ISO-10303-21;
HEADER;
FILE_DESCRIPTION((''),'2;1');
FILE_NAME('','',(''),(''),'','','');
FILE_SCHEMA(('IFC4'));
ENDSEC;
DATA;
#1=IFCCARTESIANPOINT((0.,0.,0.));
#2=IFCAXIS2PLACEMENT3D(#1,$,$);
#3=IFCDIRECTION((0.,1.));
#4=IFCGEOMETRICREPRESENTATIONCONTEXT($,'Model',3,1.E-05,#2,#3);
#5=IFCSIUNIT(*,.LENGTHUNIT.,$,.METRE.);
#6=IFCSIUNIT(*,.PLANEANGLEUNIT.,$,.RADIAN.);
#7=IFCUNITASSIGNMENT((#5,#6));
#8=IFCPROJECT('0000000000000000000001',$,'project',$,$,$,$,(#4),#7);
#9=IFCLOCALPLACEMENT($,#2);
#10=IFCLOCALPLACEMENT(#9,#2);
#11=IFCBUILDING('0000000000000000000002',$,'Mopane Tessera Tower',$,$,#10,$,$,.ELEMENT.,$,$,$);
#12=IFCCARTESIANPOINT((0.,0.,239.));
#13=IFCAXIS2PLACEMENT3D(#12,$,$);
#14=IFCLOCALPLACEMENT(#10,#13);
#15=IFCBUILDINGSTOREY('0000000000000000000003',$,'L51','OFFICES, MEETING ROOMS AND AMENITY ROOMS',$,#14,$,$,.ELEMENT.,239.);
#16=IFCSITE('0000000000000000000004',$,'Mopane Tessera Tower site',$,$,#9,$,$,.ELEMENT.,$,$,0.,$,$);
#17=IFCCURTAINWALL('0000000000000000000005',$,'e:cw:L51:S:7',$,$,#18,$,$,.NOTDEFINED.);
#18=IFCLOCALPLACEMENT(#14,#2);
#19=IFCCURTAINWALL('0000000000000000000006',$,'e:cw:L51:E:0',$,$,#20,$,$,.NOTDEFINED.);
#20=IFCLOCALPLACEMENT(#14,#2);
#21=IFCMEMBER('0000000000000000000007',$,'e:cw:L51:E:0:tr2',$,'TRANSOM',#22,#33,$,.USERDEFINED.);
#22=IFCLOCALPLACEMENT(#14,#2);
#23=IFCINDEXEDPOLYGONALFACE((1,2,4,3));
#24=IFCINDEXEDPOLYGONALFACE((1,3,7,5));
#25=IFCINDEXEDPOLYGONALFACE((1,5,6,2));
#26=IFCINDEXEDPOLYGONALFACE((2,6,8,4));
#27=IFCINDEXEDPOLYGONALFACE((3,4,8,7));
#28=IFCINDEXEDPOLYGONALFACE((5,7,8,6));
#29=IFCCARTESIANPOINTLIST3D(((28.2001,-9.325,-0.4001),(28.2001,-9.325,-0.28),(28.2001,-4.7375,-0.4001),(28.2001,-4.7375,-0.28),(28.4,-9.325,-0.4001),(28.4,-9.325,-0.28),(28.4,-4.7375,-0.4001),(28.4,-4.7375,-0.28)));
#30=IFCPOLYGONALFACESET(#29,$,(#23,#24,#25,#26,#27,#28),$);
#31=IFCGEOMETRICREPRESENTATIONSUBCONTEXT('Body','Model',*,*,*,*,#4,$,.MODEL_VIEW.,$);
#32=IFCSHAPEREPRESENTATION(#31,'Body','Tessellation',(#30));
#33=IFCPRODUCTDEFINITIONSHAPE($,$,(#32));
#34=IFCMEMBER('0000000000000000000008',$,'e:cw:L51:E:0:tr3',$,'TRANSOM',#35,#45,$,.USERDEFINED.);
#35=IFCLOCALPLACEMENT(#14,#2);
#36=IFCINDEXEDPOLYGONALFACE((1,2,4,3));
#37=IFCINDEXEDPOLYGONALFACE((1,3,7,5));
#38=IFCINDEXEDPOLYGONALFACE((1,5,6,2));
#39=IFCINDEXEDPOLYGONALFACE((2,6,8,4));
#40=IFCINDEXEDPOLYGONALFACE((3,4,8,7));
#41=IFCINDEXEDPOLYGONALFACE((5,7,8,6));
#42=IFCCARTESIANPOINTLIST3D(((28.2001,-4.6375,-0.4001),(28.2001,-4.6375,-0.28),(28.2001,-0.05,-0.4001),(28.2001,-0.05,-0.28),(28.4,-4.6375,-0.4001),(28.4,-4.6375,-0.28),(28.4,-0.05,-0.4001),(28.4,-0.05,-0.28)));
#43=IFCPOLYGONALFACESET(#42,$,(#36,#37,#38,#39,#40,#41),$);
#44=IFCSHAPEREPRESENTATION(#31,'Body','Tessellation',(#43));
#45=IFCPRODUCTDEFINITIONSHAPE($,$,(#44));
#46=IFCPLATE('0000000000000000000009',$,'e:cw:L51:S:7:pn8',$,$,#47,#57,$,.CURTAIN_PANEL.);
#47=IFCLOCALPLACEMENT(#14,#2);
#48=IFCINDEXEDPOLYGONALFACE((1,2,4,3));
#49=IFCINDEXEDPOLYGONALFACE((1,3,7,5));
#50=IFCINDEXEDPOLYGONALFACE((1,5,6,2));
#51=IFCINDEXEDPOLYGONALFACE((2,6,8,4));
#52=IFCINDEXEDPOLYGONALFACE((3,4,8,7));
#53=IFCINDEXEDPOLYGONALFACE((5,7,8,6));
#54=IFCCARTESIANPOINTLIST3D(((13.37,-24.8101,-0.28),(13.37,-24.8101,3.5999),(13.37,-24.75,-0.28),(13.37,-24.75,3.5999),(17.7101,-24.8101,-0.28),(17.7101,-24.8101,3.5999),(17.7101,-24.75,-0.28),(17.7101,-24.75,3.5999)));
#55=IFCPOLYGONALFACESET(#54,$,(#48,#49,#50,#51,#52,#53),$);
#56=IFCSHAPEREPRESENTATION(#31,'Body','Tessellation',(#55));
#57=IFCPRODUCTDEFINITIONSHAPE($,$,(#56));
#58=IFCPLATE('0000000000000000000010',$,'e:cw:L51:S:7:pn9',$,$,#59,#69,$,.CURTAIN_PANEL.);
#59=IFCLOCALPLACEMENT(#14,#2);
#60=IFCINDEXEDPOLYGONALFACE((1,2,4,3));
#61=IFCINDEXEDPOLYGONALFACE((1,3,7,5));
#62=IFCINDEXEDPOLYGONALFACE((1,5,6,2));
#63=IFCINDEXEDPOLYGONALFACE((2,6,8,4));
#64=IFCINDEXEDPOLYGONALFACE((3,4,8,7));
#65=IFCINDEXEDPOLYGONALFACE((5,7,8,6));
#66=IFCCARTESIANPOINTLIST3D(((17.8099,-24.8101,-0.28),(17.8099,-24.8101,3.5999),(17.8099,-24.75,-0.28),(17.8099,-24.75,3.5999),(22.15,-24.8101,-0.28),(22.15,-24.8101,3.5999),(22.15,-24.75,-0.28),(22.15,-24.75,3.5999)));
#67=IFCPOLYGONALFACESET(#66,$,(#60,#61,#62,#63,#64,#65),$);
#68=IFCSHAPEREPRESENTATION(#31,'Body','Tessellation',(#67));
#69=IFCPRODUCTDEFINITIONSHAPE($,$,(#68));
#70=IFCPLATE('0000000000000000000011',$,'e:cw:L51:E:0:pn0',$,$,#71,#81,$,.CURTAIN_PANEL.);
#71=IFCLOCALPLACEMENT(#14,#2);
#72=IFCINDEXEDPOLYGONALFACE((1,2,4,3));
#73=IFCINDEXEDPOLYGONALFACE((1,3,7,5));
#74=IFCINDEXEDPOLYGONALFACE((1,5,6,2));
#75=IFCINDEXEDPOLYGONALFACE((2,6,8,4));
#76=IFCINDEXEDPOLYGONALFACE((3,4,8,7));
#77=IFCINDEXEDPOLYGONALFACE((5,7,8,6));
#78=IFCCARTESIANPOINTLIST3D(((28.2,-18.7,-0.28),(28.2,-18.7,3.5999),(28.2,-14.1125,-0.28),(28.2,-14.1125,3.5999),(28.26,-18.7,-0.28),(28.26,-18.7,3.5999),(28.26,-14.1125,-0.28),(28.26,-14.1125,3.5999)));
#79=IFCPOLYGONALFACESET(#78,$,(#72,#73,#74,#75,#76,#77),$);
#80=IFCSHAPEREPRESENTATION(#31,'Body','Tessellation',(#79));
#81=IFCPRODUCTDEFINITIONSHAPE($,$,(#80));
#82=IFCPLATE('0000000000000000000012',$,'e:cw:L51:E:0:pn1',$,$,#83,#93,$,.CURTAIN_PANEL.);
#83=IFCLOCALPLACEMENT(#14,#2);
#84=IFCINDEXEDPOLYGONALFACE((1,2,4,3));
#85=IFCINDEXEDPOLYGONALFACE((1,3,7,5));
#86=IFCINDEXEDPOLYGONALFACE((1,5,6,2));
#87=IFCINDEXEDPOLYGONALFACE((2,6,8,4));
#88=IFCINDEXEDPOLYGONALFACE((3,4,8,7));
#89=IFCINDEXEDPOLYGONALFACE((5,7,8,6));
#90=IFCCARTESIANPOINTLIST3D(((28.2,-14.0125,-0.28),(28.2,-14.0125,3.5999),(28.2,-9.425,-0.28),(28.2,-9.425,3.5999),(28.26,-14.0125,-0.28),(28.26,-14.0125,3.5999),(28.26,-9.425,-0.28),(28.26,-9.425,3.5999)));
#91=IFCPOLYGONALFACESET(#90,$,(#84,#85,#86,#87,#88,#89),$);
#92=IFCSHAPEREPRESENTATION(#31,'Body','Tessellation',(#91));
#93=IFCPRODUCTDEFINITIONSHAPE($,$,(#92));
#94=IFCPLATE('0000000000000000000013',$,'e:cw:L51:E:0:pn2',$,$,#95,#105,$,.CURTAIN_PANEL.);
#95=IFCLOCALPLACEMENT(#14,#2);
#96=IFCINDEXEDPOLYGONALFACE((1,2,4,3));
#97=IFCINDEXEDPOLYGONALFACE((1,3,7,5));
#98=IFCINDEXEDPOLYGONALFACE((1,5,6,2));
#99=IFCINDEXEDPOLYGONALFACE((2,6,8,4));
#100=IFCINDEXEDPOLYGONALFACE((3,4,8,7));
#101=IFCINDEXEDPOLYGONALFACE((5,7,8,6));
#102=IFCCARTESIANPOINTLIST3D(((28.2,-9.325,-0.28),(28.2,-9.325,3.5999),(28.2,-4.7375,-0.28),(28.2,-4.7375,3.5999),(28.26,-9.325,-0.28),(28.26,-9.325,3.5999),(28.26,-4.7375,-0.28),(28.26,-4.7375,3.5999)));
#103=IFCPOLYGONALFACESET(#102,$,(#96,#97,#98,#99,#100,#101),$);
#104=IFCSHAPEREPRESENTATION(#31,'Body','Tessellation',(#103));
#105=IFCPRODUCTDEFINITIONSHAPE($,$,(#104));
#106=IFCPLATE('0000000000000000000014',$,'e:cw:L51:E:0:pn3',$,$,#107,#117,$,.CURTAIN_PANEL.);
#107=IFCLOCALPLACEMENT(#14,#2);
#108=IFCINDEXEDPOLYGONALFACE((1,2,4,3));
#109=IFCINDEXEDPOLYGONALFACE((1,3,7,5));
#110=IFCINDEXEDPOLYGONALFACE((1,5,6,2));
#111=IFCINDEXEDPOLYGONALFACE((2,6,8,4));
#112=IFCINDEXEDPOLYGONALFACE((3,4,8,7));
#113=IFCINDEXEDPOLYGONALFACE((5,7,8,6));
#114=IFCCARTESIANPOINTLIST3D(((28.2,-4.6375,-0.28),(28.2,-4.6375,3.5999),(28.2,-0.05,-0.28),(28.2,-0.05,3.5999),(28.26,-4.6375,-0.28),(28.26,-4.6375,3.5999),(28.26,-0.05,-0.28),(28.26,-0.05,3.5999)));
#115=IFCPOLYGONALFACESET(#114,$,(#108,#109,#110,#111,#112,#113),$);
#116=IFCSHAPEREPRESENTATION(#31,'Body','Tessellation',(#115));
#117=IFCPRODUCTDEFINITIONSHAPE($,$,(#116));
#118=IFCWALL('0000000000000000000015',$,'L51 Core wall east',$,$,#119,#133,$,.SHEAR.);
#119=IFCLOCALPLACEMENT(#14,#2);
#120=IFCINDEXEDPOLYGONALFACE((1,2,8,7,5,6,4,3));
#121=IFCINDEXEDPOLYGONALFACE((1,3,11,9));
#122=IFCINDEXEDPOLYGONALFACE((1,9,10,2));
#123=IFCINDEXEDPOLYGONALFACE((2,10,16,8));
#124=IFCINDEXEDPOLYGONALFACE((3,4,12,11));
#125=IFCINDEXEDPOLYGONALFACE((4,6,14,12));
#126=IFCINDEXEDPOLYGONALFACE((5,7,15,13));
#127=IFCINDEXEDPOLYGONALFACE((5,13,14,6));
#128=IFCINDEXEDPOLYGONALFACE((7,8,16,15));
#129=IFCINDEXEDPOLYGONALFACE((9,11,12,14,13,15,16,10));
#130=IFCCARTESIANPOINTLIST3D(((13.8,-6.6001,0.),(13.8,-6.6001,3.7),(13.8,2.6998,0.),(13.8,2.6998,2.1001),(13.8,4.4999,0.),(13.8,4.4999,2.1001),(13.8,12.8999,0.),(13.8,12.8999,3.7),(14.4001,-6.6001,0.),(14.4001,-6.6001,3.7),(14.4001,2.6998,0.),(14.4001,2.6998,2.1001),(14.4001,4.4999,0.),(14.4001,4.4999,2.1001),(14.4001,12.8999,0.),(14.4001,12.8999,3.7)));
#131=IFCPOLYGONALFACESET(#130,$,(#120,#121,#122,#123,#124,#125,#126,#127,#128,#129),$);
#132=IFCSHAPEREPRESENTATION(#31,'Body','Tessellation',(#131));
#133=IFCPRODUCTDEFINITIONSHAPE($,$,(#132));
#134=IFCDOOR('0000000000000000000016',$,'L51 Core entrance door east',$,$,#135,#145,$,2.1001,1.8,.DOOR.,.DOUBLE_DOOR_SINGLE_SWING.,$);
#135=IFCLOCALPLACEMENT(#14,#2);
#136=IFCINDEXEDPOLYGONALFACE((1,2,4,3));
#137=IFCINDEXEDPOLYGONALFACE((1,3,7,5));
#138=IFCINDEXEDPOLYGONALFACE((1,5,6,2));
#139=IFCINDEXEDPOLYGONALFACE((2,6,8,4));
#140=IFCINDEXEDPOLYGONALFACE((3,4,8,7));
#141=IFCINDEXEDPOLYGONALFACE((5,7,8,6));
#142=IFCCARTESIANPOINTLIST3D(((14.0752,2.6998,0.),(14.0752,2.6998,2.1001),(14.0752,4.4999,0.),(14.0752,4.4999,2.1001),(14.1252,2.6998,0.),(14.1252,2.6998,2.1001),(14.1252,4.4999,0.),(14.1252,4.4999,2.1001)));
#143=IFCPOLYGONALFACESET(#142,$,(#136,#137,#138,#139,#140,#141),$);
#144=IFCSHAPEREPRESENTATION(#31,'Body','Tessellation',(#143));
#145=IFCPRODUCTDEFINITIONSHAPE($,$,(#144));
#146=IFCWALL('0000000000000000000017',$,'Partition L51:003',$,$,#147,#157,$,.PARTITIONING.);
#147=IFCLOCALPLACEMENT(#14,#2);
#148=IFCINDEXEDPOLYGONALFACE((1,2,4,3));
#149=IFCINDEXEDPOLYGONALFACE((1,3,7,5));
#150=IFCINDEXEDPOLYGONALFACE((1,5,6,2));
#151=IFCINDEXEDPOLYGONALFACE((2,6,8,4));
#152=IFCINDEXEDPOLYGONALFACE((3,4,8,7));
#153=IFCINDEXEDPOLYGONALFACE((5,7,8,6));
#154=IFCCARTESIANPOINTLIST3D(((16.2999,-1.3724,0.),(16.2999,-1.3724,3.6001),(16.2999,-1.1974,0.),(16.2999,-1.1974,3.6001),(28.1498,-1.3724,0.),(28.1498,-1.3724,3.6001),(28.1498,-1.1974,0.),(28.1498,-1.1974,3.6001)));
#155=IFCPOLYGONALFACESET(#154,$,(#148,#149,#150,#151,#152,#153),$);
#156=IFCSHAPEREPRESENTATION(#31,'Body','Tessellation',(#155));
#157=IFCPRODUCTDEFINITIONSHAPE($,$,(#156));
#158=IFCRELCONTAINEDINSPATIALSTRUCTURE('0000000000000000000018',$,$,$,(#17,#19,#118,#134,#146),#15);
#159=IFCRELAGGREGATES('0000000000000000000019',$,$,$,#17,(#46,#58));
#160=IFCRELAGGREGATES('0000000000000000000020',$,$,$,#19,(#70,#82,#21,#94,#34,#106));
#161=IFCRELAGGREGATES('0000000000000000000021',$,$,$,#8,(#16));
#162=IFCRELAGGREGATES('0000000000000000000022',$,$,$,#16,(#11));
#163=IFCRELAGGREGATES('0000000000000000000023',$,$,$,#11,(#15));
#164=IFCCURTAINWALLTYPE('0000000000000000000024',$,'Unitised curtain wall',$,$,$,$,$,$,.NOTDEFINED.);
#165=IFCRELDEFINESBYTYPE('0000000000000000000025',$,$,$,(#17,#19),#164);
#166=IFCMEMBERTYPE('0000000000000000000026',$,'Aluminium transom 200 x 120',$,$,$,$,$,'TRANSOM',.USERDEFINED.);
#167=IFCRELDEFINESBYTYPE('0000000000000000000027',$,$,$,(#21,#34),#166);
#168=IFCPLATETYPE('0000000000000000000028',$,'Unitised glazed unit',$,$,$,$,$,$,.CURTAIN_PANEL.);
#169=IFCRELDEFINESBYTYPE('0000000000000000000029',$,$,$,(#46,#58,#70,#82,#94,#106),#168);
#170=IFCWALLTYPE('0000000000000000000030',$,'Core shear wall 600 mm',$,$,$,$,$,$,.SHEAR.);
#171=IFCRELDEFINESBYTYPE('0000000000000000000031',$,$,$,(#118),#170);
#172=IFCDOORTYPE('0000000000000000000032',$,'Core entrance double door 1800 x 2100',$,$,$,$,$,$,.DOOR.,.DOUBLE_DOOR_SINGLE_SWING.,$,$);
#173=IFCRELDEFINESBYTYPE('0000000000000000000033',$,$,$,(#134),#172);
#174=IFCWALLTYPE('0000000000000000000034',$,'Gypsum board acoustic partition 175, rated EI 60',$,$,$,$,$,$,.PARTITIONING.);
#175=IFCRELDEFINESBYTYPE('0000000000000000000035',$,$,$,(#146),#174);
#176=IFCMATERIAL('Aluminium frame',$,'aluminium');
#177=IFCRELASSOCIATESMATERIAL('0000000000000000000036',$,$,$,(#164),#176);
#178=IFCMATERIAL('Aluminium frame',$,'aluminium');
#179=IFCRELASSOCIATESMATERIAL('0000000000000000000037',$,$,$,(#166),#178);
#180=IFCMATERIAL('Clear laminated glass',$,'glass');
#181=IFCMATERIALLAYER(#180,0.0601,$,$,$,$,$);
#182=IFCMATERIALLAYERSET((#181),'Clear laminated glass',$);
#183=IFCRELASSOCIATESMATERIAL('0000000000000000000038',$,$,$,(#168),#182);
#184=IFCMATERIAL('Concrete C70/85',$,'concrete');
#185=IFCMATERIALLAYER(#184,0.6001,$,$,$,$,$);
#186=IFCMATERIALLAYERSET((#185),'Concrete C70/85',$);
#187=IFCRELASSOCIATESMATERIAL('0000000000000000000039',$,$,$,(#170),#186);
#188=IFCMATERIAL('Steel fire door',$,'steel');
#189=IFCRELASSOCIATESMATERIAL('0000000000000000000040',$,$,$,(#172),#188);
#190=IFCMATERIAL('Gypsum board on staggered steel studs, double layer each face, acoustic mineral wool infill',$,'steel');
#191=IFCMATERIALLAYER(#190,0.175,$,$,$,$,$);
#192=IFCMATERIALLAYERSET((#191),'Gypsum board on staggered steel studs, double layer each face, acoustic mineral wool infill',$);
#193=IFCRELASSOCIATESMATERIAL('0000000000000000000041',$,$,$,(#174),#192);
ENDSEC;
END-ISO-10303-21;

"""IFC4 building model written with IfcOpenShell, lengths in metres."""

from ifc_helpers import new_model, si_unit, direction, frame, frame_2d, origin, origin_2d, place, context, subcontext, project, spatial, rectangle, extrude, material, layer, layer_set, material_profile, profile_set, type_object, element, fill, aggregate, save


model = new_model("IFC4")

# Units and contexts
model_context = context("Model", 3, precision=1e-05, world=origin(), true_north=direction((0.0, 1.0)))
body_context = subcontext(model_context, "Body", "Model", "MODEL_VIEW")
ifc_project = project(units=[si_unit("LENGTHUNIT", "METRE"), si_unit("PLANEANGLEUNIT", "RADIAN")], contexts=[model_context])

# Site, building, storey
site_placement = place(None, origin())
site = spatial("IfcSite", under=ifc_project, at=site_placement, Name="Mopane Tessera Tower site", CompositionType="ELEMENT", RefElevation=0.0)
building_placement = place(site_placement, origin())
building = spatial("IfcBuilding", under=site, at=building_placement, Name="Mopane Tessera Tower", CompositionType="ELEMENT")
storey_placement = place(building_placement, frame((0.0, 0.0, 239.0)))
storey = spatial("IfcBuildingStorey", under=building, at=storey_placement, Name="L51", Description="OFFICES, MEETING ROOMS AND AMENITY ROOMS", CompositionType="ELEMENT", Elevation=239.0)

# Curtain walls
ifc_material_1 = material(Name="Aluminium frame", Category="aluminium")
curtain_wall_type = type_object("IfcCurtainWallType", Name="Unitised curtain wall", PredefinedType="NOTDEFINED", material=ifc_material_1)
curtain_wall_1_placement = place(storey_placement, origin())
curtain_wall_1 = element("IfcCurtainWall", 1, at=curtain_wall_1_placement, inside=storey, type_object=curtain_wall_type, Name="e:cw:L51:S:7", PredefinedType="NOTDEFINED")
curtain_wall_2_placement = place(storey_placement, origin())
curtain_wall_2 = element("IfcCurtainWall", 2, at=curtain_wall_2_placement, inside=storey, type_object=curtain_wall_type, Name="e:cw:L51:E:0", PredefinedType="NOTDEFINED")

# Members
ifc_material_2 = material(Name="Aluminium frame", Category="aluminium")
ifc_material_profile_1 = material_profile(ifc_material_2, rectangle(XDim=0.2, YDim=0.1201, at=origin_2d()))
ifc_profile_set_1 = profile_set([ifc_material_profile_1], Name="Aluminium frame")
member_type_1 = type_object("IfcMemberType", Name="Aluminium transom 200 x 120", ElementType="TRANSOM", PredefinedType="USERDEFINED", material=ifc_profile_set_1)
member_1_placement = place(storey_placement, frame((28.3, -9.325, -0.3401), z_axis=(0.0, 1.0, 0.0), x_axis=(-1.0, 0.0, 0.0)))
member_1 = element("IfcMember", 3, at=member_1_placement, type_object=member_type_1, Name="e:cw:L51:E:0:tr2", ObjectType="TRANSOM", PredefinedType="USERDEFINED", context=body_context, shape_type="SweptSolid", body=[
    extrude(rectangle(XDim=0.2, YDim=0.1201, at=origin_2d()), origin(), (0.0, 0.0, 1.0), 4.5874),
])
member_2_placement = place(storey_placement, frame((28.3, -4.6375, -0.3401), z_axis=(0.0, 1.0, 0.0), x_axis=(-1.0, 0.0, 0.0)))
member_2 = element("IfcMember", 4, at=member_2_placement, type_object=member_type_1, Name="e:cw:L51:E:0:tr3", ObjectType="TRANSOM", PredefinedType="USERDEFINED", context=body_context, shape_type="SweptSolid", body=[
    extrude(rectangle(XDim=0.2, YDim=0.1201, at=origin_2d()), origin(), (0.0, 0.0, 1.0), 4.5874),
])

# Plates
ifc_material_3 = material(Name="Clear laminated glass", Category="glass")
ifc_layer_1 = layer(ifc_material_3, 0.0601)
ifc_layer_set_1 = layer_set([ifc_layer_1], Name="Clear laminated glass")
plate_type = type_object("IfcPlateType", Name="Unitised glazed unit", PredefinedType="CURTAIN_PANEL", material=ifc_layer_set_1)
plate_1_placement = place(storey_placement, frame((15.54, -24.78, -0.28), z_axis=(0.0, 0.0, 1.0), x_axis=(1.0, 0.0, 0.0)))
plate_1 = element("IfcPlate", 5, at=plate_1_placement, type_object=plate_type, Name="e:cw:L51:S:7:pn8", PredefinedType="CURTAIN_PANEL", context=body_context, shape_type="SweptSolid", body=[
    extrude(rectangle(XDim=4.3401, YDim=0.0601, at=origin_2d()), origin(), (0.0, 0.0, 1.0), 3.8799),
])
plate_2_placement = place(storey_placement, frame((19.98, -24.78, -0.28), z_axis=(0.0, 0.0, 1.0), x_axis=(1.0, 0.0, 0.0)))
plate_2 = element("IfcPlate", 6, at=plate_2_placement, type_object=plate_type, Name="e:cw:L51:S:7:pn9", PredefinedType="CURTAIN_PANEL", context=body_context, shape_type="SweptSolid", body=[
    extrude(rectangle(XDim=4.3401, YDim=0.0601, at=origin_2d()), origin(), (0.0, 0.0, 1.0), 3.8799),
])
aggregate(curtain_wall_1, [plate_1, plate_2])
plate_3_placement = place(storey_placement, frame((28.23, -16.4062, -0.28), z_axis=(0.0, 0.0, 1.0), x_axis=(0.0, 1.0, 0.0)))
plate_3 = element("IfcPlate", 7, at=plate_3_placement, type_object=plate_type, Name="e:cw:L51:E:0:pn0", PredefinedType="CURTAIN_PANEL", context=body_context, shape_type="SweptSolid", body=[
    extrude(rectangle(XDim=4.5874, YDim=0.0601, at=origin_2d()), origin(), (0.0, 0.0, 1.0), 3.8799),
])
plate_4_placement = place(storey_placement, frame((28.23, -11.7188, -0.28), z_axis=(0.0, 0.0, 1.0), x_axis=(0.0, 1.0, 0.0)))
plate_4 = element("IfcPlate", 8, at=plate_4_placement, type_object=plate_type, Name="e:cw:L51:E:0:pn1", PredefinedType="CURTAIN_PANEL", context=body_context, shape_type="SweptSolid", body=[
    extrude(rectangle(XDim=4.5874, YDim=0.0601, at=origin_2d()), origin(), (0.0, 0.0, 1.0), 3.8799),
])
plate_5_placement = place(storey_placement, frame((28.23, -7.0312, -0.28), z_axis=(0.0, 0.0, 1.0), x_axis=(0.0, 1.0, 0.0)))
plate_5 = element("IfcPlate", 9, at=plate_5_placement, type_object=plate_type, Name="e:cw:L51:E:0:pn2", PredefinedType="CURTAIN_PANEL", context=body_context, shape_type="SweptSolid", body=[
    extrude(rectangle(XDim=4.5874, YDim=0.0601, at=origin_2d()), origin(), (0.0, 0.0, 1.0), 3.8799),
])
plate_6_placement = place(storey_placement, frame((28.23, -2.3438, -0.28), z_axis=(0.0, 0.0, 1.0), x_axis=(0.0, 1.0, 0.0)))
plate_6 = element("IfcPlate", 10, at=plate_6_placement, type_object=plate_type, Name="e:cw:L51:E:0:pn3", PredefinedType="CURTAIN_PANEL", context=body_context, shape_type="SweptSolid", body=[
    extrude(rectangle(XDim=4.5874, YDim=0.0601, at=origin_2d()), origin(), (0.0, 0.0, 1.0), 3.8799),
])
aggregate(curtain_wall_2, [plate_3, plate_4, member_1, plate_5, member_2, plate_6])

# Wall, opening, door
ifc_material_4 = material(Name="Concrete C70/85", Category="concrete")
ifc_layer_2 = layer(ifc_material_4, 0.6001)
ifc_layer_set_2 = layer_set([ifc_layer_2], Name="Concrete C70/85")
wall_type_1 = type_object("IfcWallType", Name="Core shear wall 600 mm", PredefinedType="SHEAR", material=ifc_layer_set_2)
wall_1_placement = place(storey_placement, frame((14.1001, -6.6001, 0.0), z_axis=(0.0, 0.0, 1.0), x_axis=(0.0, 1.0, 0.0)))
wall_1 = element("IfcWall", 11, at=wall_1_placement, inside=storey, type_object=wall_type_1, Name="L51 Core wall east", PredefinedType="SHEAR", context=body_context, shape_type="SweptSolid", body=[
    extrude(rectangle(XDim=19.5, YDim=0.6001, at=frame_2d((9.75, 0.0))), origin(), (0.0, 0.0, 1.0), 3.7),
])
opening_1_placement = place(wall_1_placement, frame((9.3, 0.0, 0.0)))
opening_1 = element("IfcOpeningElement", 12, at=opening_1_placement, cuts=wall_1, PredefinedType="OPENING", context=body_context, shape_type="SweptSolid", body=[
    extrude(rectangle(XDim=1.8, YDim=2.1001, at=frame_2d((0.8999, 1.05))), frame((0.0, 0.312, 0.0), z_axis=(0.0, -1.0, 0.0), x_axis=(1.0, 0.0, 0.0)), (0.0, 0.0, 1.0), 0.624),
])
ifc_material_5 = material(Name="Steel fire door", Category="steel")
door_type_1 = type_object("IfcDoorType", Name="Core entrance double door 1800 x 2100", OperationType="DOUBLE_DOOR_SINGLE_SWING", PredefinedType="DOOR", material=ifc_material_5)
door_1_placement = place(opening_1_placement, origin())
door_1 = element("IfcDoor", 13, at=door_1_placement, inside=storey, type_object=door_type_1, Name="L51 Core entrance door east", OperationType="DOUBLE_DOOR_SINGLE_SWING", OverallHeight=2.1001, OverallWidth=1.8, PredefinedType="DOOR", context=body_context, shape_type="SweptSolid", body=[
    extrude(rectangle(XDim=1.8, YDim=2.1001, at=frame_2d((0.8999, 1.05))), frame((0.0, 0.0249, 0.0), z_axis=(0.0, -1.0, 0.0), x_axis=(1.0, 0.0, 0.0)), (0.0, 0.0, 1.0), 0.05),
])
fill(opening_1, door_1)

# Wall
ifc_material_6 = material(Name="Gypsum board on staggered steel studs, double layer each face, acoustic mineral wool infill", Category="steel")
ifc_layer_3 = layer(ifc_material_6, 0.175)
ifc_layer_set_3 = layer_set([ifc_layer_3], Name="Gypsum board on staggered steel studs, double layer each face, acoustic mineral wool infill")
wall_type_2 = type_object("IfcWallType", Name="Gypsum board acoustic partition 175, rated EI 60", PredefinedType="PARTITIONING", material=ifc_layer_set_3)
wall_2_placement = place(storey_placement, frame((16.3, -1.2849, 0.0), z_axis=(0.0, 0.0, 1.0), x_axis=(1.0, 0.0, 0.0)))
element("IfcWall", 14, at=wall_2_placement, inside=storey, type_object=wall_type_2, Name="Partition L51:003", PredefinedType="PARTITIONING", context=body_context, shape_type="SweptSolid", body=[
    extrude(rectangle(XDim=11.8499, YDim=0.175, at=frame_2d((5.9248, 0.0))), origin(), (0.0, 0.0, 1.0), 3.6001),
])

save(model, "model.ifc")
